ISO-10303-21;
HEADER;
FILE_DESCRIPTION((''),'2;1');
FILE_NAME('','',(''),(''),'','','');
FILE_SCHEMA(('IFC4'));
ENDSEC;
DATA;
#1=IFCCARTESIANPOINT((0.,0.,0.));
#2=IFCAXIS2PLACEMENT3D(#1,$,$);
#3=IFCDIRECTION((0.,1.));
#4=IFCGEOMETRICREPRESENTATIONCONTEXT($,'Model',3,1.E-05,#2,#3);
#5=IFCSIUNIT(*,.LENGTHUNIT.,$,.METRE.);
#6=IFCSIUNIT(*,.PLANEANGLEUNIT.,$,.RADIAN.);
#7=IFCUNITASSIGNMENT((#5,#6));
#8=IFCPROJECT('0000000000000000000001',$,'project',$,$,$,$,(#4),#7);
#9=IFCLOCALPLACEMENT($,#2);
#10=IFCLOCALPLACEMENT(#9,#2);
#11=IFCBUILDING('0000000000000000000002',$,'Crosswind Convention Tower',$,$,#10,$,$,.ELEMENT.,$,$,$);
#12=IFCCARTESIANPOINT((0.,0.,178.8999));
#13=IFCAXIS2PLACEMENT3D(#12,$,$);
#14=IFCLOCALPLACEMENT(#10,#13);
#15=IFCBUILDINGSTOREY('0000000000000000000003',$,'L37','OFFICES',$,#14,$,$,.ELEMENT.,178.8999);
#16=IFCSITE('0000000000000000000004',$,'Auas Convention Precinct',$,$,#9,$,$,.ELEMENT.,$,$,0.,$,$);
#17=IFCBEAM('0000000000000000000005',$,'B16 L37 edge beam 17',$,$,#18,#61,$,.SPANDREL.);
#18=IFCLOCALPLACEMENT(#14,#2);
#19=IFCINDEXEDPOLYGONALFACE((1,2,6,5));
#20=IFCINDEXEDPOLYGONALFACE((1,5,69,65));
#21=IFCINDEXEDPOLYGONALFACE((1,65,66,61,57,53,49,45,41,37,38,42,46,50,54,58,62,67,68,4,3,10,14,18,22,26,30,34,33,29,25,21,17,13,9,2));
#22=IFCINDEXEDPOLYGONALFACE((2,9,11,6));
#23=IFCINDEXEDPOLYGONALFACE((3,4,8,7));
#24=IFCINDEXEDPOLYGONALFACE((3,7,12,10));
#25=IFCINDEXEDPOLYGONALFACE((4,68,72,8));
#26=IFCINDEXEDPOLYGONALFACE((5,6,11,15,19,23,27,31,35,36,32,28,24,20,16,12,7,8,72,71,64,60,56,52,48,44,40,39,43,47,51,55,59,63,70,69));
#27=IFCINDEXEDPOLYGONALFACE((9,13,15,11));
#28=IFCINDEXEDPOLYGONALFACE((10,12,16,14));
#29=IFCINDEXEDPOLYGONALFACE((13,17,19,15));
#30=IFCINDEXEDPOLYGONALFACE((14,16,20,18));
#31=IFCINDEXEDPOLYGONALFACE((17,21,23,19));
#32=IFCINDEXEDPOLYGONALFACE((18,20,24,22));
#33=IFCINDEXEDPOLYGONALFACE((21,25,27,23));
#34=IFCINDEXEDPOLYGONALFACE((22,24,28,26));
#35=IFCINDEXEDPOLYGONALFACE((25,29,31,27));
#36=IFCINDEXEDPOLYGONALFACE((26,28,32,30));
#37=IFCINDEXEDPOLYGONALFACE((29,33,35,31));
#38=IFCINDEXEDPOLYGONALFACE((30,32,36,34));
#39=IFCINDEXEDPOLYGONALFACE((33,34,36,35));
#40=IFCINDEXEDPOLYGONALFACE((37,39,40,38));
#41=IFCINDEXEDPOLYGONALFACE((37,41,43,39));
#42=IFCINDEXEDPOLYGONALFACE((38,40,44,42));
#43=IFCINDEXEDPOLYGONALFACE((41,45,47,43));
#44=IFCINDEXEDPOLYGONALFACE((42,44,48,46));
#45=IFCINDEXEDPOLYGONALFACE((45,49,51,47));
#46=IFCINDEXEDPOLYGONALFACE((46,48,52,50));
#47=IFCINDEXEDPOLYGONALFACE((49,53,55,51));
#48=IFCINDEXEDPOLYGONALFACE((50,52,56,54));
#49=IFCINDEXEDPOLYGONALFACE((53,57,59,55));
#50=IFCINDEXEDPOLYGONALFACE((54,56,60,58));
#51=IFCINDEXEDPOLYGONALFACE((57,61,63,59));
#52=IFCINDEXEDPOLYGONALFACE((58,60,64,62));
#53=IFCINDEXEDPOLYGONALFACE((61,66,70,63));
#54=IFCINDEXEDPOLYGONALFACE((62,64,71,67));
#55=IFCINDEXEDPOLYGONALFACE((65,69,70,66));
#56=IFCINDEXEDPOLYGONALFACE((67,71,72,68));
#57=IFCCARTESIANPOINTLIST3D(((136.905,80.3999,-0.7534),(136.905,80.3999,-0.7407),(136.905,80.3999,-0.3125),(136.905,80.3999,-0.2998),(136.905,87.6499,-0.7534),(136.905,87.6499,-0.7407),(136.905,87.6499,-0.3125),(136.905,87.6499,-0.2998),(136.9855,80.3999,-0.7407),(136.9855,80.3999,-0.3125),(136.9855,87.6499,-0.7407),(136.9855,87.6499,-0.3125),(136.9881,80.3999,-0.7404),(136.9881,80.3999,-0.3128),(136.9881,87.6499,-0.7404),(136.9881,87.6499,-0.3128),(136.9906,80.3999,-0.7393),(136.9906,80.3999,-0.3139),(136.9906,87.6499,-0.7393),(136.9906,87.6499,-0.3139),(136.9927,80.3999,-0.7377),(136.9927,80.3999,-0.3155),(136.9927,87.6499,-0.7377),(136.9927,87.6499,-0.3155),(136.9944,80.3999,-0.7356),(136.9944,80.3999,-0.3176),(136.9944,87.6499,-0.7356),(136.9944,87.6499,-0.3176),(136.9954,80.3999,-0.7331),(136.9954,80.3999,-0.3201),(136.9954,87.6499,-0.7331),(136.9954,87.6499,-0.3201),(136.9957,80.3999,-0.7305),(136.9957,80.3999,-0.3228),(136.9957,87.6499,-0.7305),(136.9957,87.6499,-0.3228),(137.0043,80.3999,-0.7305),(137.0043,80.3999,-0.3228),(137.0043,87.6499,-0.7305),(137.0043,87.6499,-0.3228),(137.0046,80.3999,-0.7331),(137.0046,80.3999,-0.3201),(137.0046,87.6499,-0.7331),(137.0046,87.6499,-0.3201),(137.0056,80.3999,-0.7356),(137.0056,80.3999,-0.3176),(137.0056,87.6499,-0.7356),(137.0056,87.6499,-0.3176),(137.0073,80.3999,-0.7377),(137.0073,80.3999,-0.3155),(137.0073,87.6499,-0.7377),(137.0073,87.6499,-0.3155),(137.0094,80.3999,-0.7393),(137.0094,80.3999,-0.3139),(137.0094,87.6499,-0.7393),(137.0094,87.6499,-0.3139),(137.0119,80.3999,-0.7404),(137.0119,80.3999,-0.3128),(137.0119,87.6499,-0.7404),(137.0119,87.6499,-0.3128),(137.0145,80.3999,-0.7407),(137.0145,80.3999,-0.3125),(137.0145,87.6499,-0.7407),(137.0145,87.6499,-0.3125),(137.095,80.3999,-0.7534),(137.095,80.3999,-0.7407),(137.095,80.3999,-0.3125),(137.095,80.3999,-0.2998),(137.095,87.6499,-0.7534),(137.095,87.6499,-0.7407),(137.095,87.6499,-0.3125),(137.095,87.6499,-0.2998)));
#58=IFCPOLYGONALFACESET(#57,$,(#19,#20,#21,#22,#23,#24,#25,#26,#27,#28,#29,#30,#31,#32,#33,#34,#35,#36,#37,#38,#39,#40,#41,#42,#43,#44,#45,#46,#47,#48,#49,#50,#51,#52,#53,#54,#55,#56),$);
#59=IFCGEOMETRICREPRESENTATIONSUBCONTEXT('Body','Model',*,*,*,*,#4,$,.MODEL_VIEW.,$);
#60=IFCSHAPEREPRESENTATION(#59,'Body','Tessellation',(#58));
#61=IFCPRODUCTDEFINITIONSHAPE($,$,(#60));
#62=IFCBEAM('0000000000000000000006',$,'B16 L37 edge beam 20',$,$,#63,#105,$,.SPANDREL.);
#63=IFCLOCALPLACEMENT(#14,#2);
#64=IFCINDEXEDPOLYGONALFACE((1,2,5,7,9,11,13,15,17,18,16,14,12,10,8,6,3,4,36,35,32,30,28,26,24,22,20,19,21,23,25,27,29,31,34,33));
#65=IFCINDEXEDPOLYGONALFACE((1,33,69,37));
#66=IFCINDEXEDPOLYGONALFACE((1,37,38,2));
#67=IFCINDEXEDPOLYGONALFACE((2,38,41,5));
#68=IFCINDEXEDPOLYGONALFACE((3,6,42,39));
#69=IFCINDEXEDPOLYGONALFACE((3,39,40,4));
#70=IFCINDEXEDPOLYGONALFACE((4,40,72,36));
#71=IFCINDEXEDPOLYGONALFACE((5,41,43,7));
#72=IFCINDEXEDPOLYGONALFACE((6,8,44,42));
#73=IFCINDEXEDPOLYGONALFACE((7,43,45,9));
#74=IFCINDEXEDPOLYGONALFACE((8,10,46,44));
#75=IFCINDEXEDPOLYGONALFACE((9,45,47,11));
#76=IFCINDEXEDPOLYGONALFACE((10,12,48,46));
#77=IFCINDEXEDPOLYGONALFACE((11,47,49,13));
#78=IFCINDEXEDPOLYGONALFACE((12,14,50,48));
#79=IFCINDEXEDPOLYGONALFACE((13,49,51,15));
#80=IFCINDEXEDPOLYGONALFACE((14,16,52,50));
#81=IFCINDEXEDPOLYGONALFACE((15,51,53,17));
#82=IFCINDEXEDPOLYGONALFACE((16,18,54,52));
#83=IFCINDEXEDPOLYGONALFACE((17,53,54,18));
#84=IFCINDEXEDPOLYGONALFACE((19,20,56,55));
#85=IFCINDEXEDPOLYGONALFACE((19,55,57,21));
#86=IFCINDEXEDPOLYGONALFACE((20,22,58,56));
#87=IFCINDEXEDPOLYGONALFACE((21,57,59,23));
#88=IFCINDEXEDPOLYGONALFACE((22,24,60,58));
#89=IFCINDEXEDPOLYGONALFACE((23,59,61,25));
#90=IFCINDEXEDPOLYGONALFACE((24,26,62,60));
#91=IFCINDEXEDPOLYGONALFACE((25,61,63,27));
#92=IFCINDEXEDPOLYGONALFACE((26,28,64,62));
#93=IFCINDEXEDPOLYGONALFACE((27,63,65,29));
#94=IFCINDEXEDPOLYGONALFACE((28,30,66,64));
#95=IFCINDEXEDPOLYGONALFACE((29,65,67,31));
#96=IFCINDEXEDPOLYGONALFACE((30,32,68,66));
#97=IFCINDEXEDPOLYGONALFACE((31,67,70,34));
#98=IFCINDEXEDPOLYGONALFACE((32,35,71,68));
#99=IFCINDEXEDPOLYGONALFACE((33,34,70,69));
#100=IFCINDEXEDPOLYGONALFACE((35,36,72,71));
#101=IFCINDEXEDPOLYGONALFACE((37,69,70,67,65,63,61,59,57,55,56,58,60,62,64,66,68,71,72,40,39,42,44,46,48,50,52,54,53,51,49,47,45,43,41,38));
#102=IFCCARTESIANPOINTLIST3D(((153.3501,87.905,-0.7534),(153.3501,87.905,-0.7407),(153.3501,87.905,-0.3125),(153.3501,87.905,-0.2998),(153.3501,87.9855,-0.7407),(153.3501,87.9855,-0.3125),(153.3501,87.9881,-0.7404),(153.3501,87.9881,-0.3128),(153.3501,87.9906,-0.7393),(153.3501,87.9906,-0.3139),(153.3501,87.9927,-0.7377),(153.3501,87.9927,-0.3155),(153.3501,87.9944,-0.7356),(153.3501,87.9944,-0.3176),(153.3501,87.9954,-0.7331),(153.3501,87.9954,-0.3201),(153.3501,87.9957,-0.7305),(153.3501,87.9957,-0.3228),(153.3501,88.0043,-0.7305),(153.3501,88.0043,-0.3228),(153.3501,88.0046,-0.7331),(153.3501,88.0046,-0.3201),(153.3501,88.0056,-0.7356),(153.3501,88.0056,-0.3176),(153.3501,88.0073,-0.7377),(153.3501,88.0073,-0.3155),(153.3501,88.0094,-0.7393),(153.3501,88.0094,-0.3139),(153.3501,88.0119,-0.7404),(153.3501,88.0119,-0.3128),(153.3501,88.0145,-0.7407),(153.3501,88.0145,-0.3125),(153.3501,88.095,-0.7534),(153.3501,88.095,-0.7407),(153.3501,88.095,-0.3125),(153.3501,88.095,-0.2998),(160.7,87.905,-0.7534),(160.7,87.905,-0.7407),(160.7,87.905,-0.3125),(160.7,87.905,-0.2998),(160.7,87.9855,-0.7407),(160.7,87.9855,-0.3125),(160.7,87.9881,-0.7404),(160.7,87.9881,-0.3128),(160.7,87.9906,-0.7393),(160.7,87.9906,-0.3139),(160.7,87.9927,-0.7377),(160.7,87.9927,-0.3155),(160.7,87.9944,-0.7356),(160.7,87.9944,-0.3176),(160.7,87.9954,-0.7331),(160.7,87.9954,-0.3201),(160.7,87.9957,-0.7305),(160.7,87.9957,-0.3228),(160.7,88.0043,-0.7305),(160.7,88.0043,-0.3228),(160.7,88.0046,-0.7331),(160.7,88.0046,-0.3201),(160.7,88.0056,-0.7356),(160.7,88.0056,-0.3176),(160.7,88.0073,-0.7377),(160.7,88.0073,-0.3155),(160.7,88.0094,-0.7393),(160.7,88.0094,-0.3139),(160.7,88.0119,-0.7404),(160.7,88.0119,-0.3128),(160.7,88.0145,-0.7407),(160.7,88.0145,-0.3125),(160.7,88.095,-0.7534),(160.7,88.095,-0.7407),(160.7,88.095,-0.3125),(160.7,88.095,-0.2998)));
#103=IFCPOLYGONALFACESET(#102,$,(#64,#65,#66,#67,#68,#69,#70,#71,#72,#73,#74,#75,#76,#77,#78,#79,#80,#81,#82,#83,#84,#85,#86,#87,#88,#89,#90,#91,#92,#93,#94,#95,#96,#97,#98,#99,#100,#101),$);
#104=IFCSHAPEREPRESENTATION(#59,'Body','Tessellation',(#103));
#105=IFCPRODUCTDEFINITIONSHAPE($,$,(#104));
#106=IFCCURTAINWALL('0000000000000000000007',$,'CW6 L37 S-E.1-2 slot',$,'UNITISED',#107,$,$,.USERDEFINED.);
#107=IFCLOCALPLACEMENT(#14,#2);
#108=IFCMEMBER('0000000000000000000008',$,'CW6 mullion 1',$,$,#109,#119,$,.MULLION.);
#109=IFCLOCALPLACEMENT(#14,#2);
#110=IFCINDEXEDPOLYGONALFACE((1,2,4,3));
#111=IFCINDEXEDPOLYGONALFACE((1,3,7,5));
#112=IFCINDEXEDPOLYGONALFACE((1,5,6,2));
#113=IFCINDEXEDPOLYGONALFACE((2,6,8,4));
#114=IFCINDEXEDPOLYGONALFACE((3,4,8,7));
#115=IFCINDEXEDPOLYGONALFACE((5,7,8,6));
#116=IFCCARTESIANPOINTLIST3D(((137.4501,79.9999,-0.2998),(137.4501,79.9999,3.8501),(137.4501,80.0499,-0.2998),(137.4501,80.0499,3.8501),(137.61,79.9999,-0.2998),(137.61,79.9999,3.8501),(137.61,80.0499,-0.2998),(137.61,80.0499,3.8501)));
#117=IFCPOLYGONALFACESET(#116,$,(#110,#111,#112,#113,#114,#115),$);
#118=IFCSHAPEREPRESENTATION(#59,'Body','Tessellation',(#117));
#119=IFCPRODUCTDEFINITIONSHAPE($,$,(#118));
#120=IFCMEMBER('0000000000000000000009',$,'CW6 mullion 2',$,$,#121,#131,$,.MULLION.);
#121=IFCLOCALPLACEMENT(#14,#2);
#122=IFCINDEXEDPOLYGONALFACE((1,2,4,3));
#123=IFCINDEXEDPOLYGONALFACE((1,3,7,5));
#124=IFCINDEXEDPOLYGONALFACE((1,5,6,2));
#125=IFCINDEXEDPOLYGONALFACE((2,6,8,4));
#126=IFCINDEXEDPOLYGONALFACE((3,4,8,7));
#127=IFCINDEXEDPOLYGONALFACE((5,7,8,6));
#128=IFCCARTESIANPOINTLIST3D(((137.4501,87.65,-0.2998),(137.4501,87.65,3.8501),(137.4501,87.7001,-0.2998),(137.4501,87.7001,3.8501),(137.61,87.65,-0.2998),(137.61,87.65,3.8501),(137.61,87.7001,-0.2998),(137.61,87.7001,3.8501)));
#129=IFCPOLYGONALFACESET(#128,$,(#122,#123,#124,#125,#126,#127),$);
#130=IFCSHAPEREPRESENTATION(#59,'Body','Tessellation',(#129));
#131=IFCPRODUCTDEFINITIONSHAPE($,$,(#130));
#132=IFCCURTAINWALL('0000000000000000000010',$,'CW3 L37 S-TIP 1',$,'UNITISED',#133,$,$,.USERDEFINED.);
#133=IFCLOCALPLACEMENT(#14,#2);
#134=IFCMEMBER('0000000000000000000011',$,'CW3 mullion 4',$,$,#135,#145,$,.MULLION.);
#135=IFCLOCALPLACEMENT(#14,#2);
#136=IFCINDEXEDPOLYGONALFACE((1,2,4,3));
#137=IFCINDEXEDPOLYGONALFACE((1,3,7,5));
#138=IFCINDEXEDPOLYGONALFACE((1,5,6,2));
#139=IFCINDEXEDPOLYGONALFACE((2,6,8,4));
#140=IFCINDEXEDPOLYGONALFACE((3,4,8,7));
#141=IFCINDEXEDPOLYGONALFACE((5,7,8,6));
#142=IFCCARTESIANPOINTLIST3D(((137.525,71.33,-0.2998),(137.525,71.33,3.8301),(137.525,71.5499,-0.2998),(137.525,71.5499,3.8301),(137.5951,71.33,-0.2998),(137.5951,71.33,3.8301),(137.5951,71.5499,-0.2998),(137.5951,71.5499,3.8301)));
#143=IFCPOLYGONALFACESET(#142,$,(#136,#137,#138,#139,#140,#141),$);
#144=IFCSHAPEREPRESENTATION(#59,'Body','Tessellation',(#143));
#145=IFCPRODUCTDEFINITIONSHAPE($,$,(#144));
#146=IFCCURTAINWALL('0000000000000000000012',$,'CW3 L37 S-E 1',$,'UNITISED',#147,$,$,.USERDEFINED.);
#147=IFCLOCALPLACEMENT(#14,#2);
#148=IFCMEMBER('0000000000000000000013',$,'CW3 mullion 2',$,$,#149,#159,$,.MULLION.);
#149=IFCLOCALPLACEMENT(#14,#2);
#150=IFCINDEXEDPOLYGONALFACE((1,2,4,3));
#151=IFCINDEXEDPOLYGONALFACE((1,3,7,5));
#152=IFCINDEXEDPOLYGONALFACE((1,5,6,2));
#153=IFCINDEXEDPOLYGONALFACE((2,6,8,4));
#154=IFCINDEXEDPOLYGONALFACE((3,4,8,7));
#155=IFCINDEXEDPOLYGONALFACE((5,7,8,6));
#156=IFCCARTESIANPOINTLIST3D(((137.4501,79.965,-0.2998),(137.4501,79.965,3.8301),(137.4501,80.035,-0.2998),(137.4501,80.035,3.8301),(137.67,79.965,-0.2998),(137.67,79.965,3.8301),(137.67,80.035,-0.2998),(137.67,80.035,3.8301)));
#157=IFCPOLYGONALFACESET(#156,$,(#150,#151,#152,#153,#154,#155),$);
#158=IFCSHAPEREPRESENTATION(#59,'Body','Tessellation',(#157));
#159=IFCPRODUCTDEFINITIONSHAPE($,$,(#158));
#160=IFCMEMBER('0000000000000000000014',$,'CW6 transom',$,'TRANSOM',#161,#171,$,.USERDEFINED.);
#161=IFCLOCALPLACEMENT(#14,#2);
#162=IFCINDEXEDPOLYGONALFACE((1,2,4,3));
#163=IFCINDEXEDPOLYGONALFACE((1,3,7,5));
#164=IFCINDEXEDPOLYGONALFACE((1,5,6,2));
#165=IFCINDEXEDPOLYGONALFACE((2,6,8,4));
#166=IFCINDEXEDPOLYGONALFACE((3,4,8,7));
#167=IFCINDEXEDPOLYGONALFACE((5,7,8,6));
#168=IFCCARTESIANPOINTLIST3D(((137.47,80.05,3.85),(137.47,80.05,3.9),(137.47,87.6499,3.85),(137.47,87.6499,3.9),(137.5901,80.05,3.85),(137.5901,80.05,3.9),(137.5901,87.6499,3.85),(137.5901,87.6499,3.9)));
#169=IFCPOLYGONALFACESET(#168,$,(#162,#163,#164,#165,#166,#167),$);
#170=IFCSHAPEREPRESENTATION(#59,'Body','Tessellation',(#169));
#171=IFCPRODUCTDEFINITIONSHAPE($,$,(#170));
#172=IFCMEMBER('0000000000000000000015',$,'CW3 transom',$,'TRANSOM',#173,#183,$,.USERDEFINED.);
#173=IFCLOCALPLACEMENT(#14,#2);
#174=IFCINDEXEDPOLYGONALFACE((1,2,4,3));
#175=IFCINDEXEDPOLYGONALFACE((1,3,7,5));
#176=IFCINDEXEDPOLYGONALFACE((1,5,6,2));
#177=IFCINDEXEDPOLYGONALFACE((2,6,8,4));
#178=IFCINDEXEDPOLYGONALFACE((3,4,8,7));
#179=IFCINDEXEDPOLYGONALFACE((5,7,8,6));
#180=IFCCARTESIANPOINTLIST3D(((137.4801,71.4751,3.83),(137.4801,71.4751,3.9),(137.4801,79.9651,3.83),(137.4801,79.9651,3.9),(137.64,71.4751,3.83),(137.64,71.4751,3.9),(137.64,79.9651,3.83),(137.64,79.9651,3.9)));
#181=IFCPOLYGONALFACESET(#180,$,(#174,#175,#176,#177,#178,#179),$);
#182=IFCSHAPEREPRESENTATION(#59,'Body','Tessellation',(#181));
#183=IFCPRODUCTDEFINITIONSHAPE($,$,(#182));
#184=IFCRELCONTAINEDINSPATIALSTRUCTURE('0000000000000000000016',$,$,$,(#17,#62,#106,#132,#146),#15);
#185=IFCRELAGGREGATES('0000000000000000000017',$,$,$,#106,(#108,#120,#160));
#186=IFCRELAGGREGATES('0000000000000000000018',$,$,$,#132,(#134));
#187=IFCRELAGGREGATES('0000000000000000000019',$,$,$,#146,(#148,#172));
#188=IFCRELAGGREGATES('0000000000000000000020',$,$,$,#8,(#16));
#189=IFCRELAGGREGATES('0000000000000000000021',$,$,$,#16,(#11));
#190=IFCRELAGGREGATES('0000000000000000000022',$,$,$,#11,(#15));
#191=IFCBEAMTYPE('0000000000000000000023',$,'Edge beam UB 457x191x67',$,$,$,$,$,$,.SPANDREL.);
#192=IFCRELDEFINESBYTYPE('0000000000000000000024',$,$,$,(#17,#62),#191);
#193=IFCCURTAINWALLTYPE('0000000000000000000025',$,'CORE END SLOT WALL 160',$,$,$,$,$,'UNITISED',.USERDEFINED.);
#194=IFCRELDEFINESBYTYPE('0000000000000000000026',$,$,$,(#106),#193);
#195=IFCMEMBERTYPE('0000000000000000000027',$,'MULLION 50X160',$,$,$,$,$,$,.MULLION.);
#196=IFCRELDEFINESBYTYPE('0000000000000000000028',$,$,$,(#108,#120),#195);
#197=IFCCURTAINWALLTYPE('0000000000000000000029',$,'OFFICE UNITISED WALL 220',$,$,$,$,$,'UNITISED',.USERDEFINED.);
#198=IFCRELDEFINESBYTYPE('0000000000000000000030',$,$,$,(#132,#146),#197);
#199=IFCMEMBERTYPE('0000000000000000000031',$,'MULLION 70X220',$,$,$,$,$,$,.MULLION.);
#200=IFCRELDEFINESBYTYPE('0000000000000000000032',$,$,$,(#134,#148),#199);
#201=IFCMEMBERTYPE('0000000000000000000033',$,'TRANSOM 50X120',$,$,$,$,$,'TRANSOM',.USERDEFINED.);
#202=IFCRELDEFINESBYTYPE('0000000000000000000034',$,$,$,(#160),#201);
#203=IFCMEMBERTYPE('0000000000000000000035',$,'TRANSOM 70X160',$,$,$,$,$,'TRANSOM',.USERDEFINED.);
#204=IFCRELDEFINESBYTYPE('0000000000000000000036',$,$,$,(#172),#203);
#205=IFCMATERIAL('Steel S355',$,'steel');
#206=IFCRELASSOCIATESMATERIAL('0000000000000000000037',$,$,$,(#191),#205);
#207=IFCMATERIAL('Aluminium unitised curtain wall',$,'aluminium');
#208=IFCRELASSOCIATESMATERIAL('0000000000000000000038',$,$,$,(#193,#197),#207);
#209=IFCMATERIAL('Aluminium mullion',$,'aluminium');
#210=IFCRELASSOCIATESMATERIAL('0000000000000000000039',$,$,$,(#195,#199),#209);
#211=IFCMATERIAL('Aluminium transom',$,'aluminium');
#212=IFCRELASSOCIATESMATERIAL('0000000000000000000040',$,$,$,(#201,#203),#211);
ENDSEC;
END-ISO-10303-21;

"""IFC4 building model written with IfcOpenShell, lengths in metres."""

from ifc_helpers import new_model, si_unit, direction, frame, origin, origin_2d, place, context, subcontext, project, spatial, rectangle, i_section, extrude, material, material_profile, profile_set, type_object, element, aggregate, save


model = new_model("IFC4")

# Units and contexts
model_context = context("Model", 3, precision=1e-05, world=origin(), true_north=direction((0.0, 1.0)))
body_context = subcontext(model_context, "Body", "Model", "MODEL_VIEW")
ifc_project = project(units=[si_unit("LENGTHUNIT", "METRE"), si_unit("PLANEANGLEUNIT", "RADIAN")], contexts=[model_context])

# Site, building, storey
site_placement = place(None, origin())
site = spatial("IfcSite", under=ifc_project, at=site_placement, Name="Auas Convention Precinct", CompositionType="ELEMENT", RefElevation=0.0)
building_placement = place(site_placement, origin())
building = spatial("IfcBuilding", under=site, at=building_placement, Name="Crosswind Convention Tower", CompositionType="ELEMENT")
storey_placement = place(building_placement, frame((0.0, 0.0, 178.8999)))
storey = spatial("IfcBuildingStorey", under=building, at=storey_placement, Name="L37", Description="OFFICES", CompositionType="ELEMENT", Elevation=178.8999)

# Beams
ifc_material_1 = material(Name="Steel S355", Category="steel")
ifc_material_profile_1 = material_profile(ifc_material_1, i_section(OverallWidth=0.1899, OverallDepth=0.4536, WebThickness=0.0085, FlangeThickness=0.0127, FilletRadius=0.0103, at=origin_2d()), Name="UB 457x191x67")
ifc_profile_set_1 = profile_set([ifc_material_profile_1], Name="Steel S355")
beam_type = type_object("IfcBeamType", Name="Edge beam UB 457x191x67", PredefinedType="SPANDREL", material=ifc_profile_set_1)
beam_1_placement = place(storey_placement, frame((137.0, 80.3999, -0.5266), z_axis=(0.0, 1.0, 0.0), x_axis=(-1.0, 0.0, 0.0)))
element("IfcBeam", 1, at=beam_1_placement, inside=storey, type_object=beam_type, Name="B16 L37 edge beam 17", PredefinedType="SPANDREL", context=body_context, shape_type="SweptSolid", body=[
    extrude(i_section(OverallWidth=0.1899, OverallDepth=0.4536, WebThickness=0.0085, FlangeThickness=0.0127, FilletRadius=0.0103, at=origin_2d()), origin(), (0.0, 0.0, 1.0), 7.25),
])
beam_2_placement = place(storey_placement, frame((153.3501, 88.0, -0.5266), z_axis=(1.0, 0.0, 0.0), x_axis=(0.0, 1.0, 0.0)))
element("IfcBeam", 2, at=beam_2_placement, inside=storey, type_object=beam_type, Name="B16 L37 edge beam 20", PredefinedType="SPANDREL", context=body_context, shape_type="SweptSolid", body=[
    extrude(i_section(OverallWidth=0.1899, OverallDepth=0.4536, WebThickness=0.0085, FlangeThickness=0.0127, FilletRadius=0.0103, at=origin_2d()), origin(), (0.0, 0.0, 1.0), 7.3499),
])

# Curtain wall, members
ifc_material_2 = material(Name="Aluminium unitised curtain wall", Category="aluminium")
curtain_wall_type_1 = type_object("IfcCurtainWallType", Name="CORE END SLOT WALL 160", ElementType="UNITISED", PredefinedType="USERDEFINED", material=ifc_material_2)
curtain_wall_1_placement = place(storey_placement, origin())
curtain_wall_1 = element("IfcCurtainWall", 3, at=curtain_wall_1_placement, inside=storey, type_object=curtain_wall_type_1, Name="CW6 L37 S-E.1-2 slot", ObjectType="UNITISED", PredefinedType="USERDEFINED")
ifc_material_3 = material(Name="Aluminium mullion", Category="aluminium")
ifc_material_profile_2 = material_profile(ifc_material_3, rectangle(XDim=0.1599, YDim=0.05, at=origin_2d()), Name="AL 160X50")
ifc_profile_set_2 = profile_set([ifc_material_profile_2], Name="Aluminium mullion")
member_type_1 = type_object("IfcMemberType", Name="MULLION 50X160", PredefinedType="MULLION", material=ifc_profile_set_2)
member_1_placement = place(storey_placement, frame((137.53, 80.0249, -0.2998), z_axis=(0.0, 0.0, 1.0), x_axis=(1.0, 0.0, 0.0)))
member_1 = element("IfcMember", 4, at=member_1_placement, type_object=member_type_1, Name="CW6 mullion 1", PredefinedType="MULLION", context=body_context, shape_type="SweptSolid", body=[
    extrude(rectangle(XDim=0.1599, YDim=0.05, at=origin_2d()), origin(), (0.0, 0.0, 1.0), 4.1499),
])
member_2_placement = place(storey_placement, frame((137.53, 87.675, -0.2998), z_axis=(0.0, 0.0, 1.0), x_axis=(1.0, 0.0, 0.0)))
member_2 = element("IfcMember", 5, at=member_2_placement, type_object=member_type_1, Name="CW6 mullion 2", PredefinedType="MULLION", context=body_context, shape_type="SweptSolid", body=[
    extrude(rectangle(XDim=0.1599, YDim=0.05, at=origin_2d()), origin(), (0.0, 0.0, 1.0), 4.1499),
])

# Curtain walls, members
curtain_wall_type_2 = type_object("IfcCurtainWallType", Name="OFFICE UNITISED WALL 220", ElementType="UNITISED", PredefinedType="USERDEFINED", material=ifc_material_2)
curtain_wall_2_placement = place(storey_placement, origin())
curtain_wall_2 = element("IfcCurtainWall", 6, at=curtain_wall_2_placement, inside=storey, type_object=curtain_wall_type_2, Name="CW3 L37 S-TIP 1", ObjectType="UNITISED", PredefinedType="USERDEFINED")
ifc_material_profile_3 = material_profile(ifc_material_3, rectangle(XDim=0.22, YDim=0.0701, at=origin_2d()), Name="AL 220X70")
ifc_profile_set_3 = profile_set([ifc_material_profile_3], Name="Aluminium mullion")
member_type_2 = type_object("IfcMemberType", Name="MULLION 70X220", PredefinedType="MULLION", material=ifc_profile_set_3)
member_3_placement = place(storey_placement, frame((137.5601, 71.4399, -0.2998), z_axis=(0.0, 0.0, 1.0), x_axis=(0.0, -1.0, 0.0)))
member_3 = element("IfcMember", 7, at=member_3_placement, type_object=member_type_2, Name="CW3 mullion 4", PredefinedType="MULLION", context=body_context, shape_type="SweptSolid", body=[
    extrude(rectangle(XDim=0.22, YDim=0.0701, at=origin_2d()), origin(), (0.0, 0.0, 1.0), 4.1299),
])
curtain_wall_3_placement = place(storey_placement, origin())
curtain_wall_3 = element("IfcCurtainWall", 8, at=curtain_wall_3_placement, inside=storey, type_object=curtain_wall_type_2, Name="CW3 L37 S-E 1", ObjectType="UNITISED", PredefinedType="USERDEFINED")
member_4_placement = place(storey_placement, frame((137.5601, 80.0, -0.2998), z_axis=(0.0, 0.0, 1.0), x_axis=(1.0, 0.0, 0.0)))
member_4 = element("IfcMember", 9, at=member_4_placement, type_object=member_type_2, Name="CW3 mullion 2", PredefinedType="MULLION", context=body_context, shape_type="SweptSolid", body=[
    extrude(rectangle(XDim=0.22, YDim=0.0701, at=origin_2d()), origin(), (0.0, 0.0, 1.0), 4.1299),
])

# Members
ifc_material_4 = material(Name="Aluminium transom", Category="aluminium")
ifc_material_profile_4 = material_profile(ifc_material_4, rectangle(XDim=0.1201, YDim=0.05, at=origin_2d()), Name="AL 120X50")
ifc_profile_set_4 = profile_set([ifc_material_profile_4], Name="Aluminium transom")
member_type_3 = type_object("IfcMemberType", Name="TRANSOM 50X120", ElementType="TRANSOM", PredefinedType="USERDEFINED", material=ifc_profile_set_4)
member_5_placement = place(storey_placement, frame((137.53, 80.05, 3.875), z_axis=(0.0, 1.0, 0.0), x_axis=(-1.0, 0.0, 0.0)))
member_5 = element("IfcMember", 10, at=member_5_placement, type_object=member_type_3, Name="CW6 transom", ObjectType="TRANSOM", PredefinedType="USERDEFINED", context=body_context, shape_type="SweptSolid", body=[
    extrude(rectangle(XDim=0.1201, YDim=0.05, at=origin_2d()), origin(), (0.0, 0.0, 1.0), 7.5999),
])
ifc_material_profile_5 = material_profile(ifc_material_4, rectangle(XDim=0.1599, YDim=0.0701, at=origin_2d()), Name="AL 160X70")
ifc_profile_set_5 = profile_set([ifc_material_profile_5], Name="Aluminium transom")
member_type_4 = type_object("IfcMemberType", Name="TRANSOM 70X160", ElementType="TRANSOM", PredefinedType="USERDEFINED", material=ifc_profile_set_5)
member_6_placement = place(storey_placement, frame((137.5601, 71.4751, 3.865), z_axis=(0.0, 1.0, 0.0), x_axis=(-1.0, 0.0, 0.0)))
member_6 = element("IfcMember", 11, at=member_6_placement, type_object=member_type_4, Name="CW3 transom", ObjectType="TRANSOM", PredefinedType="USERDEFINED", context=body_context, shape_type="SweptSolid", body=[
    extrude(rectangle(XDim=0.1599, YDim=0.0701, at=origin_2d()), origin(), (0.0, 0.0, 1.0), 8.49),
])

aggregate(curtain_wall_1, [member_1, member_2, member_5])
aggregate(curtain_wall_2, [member_3])

aggregate(curtain_wall_3, [member_4, member_6])

save(model, "model.ifc")
